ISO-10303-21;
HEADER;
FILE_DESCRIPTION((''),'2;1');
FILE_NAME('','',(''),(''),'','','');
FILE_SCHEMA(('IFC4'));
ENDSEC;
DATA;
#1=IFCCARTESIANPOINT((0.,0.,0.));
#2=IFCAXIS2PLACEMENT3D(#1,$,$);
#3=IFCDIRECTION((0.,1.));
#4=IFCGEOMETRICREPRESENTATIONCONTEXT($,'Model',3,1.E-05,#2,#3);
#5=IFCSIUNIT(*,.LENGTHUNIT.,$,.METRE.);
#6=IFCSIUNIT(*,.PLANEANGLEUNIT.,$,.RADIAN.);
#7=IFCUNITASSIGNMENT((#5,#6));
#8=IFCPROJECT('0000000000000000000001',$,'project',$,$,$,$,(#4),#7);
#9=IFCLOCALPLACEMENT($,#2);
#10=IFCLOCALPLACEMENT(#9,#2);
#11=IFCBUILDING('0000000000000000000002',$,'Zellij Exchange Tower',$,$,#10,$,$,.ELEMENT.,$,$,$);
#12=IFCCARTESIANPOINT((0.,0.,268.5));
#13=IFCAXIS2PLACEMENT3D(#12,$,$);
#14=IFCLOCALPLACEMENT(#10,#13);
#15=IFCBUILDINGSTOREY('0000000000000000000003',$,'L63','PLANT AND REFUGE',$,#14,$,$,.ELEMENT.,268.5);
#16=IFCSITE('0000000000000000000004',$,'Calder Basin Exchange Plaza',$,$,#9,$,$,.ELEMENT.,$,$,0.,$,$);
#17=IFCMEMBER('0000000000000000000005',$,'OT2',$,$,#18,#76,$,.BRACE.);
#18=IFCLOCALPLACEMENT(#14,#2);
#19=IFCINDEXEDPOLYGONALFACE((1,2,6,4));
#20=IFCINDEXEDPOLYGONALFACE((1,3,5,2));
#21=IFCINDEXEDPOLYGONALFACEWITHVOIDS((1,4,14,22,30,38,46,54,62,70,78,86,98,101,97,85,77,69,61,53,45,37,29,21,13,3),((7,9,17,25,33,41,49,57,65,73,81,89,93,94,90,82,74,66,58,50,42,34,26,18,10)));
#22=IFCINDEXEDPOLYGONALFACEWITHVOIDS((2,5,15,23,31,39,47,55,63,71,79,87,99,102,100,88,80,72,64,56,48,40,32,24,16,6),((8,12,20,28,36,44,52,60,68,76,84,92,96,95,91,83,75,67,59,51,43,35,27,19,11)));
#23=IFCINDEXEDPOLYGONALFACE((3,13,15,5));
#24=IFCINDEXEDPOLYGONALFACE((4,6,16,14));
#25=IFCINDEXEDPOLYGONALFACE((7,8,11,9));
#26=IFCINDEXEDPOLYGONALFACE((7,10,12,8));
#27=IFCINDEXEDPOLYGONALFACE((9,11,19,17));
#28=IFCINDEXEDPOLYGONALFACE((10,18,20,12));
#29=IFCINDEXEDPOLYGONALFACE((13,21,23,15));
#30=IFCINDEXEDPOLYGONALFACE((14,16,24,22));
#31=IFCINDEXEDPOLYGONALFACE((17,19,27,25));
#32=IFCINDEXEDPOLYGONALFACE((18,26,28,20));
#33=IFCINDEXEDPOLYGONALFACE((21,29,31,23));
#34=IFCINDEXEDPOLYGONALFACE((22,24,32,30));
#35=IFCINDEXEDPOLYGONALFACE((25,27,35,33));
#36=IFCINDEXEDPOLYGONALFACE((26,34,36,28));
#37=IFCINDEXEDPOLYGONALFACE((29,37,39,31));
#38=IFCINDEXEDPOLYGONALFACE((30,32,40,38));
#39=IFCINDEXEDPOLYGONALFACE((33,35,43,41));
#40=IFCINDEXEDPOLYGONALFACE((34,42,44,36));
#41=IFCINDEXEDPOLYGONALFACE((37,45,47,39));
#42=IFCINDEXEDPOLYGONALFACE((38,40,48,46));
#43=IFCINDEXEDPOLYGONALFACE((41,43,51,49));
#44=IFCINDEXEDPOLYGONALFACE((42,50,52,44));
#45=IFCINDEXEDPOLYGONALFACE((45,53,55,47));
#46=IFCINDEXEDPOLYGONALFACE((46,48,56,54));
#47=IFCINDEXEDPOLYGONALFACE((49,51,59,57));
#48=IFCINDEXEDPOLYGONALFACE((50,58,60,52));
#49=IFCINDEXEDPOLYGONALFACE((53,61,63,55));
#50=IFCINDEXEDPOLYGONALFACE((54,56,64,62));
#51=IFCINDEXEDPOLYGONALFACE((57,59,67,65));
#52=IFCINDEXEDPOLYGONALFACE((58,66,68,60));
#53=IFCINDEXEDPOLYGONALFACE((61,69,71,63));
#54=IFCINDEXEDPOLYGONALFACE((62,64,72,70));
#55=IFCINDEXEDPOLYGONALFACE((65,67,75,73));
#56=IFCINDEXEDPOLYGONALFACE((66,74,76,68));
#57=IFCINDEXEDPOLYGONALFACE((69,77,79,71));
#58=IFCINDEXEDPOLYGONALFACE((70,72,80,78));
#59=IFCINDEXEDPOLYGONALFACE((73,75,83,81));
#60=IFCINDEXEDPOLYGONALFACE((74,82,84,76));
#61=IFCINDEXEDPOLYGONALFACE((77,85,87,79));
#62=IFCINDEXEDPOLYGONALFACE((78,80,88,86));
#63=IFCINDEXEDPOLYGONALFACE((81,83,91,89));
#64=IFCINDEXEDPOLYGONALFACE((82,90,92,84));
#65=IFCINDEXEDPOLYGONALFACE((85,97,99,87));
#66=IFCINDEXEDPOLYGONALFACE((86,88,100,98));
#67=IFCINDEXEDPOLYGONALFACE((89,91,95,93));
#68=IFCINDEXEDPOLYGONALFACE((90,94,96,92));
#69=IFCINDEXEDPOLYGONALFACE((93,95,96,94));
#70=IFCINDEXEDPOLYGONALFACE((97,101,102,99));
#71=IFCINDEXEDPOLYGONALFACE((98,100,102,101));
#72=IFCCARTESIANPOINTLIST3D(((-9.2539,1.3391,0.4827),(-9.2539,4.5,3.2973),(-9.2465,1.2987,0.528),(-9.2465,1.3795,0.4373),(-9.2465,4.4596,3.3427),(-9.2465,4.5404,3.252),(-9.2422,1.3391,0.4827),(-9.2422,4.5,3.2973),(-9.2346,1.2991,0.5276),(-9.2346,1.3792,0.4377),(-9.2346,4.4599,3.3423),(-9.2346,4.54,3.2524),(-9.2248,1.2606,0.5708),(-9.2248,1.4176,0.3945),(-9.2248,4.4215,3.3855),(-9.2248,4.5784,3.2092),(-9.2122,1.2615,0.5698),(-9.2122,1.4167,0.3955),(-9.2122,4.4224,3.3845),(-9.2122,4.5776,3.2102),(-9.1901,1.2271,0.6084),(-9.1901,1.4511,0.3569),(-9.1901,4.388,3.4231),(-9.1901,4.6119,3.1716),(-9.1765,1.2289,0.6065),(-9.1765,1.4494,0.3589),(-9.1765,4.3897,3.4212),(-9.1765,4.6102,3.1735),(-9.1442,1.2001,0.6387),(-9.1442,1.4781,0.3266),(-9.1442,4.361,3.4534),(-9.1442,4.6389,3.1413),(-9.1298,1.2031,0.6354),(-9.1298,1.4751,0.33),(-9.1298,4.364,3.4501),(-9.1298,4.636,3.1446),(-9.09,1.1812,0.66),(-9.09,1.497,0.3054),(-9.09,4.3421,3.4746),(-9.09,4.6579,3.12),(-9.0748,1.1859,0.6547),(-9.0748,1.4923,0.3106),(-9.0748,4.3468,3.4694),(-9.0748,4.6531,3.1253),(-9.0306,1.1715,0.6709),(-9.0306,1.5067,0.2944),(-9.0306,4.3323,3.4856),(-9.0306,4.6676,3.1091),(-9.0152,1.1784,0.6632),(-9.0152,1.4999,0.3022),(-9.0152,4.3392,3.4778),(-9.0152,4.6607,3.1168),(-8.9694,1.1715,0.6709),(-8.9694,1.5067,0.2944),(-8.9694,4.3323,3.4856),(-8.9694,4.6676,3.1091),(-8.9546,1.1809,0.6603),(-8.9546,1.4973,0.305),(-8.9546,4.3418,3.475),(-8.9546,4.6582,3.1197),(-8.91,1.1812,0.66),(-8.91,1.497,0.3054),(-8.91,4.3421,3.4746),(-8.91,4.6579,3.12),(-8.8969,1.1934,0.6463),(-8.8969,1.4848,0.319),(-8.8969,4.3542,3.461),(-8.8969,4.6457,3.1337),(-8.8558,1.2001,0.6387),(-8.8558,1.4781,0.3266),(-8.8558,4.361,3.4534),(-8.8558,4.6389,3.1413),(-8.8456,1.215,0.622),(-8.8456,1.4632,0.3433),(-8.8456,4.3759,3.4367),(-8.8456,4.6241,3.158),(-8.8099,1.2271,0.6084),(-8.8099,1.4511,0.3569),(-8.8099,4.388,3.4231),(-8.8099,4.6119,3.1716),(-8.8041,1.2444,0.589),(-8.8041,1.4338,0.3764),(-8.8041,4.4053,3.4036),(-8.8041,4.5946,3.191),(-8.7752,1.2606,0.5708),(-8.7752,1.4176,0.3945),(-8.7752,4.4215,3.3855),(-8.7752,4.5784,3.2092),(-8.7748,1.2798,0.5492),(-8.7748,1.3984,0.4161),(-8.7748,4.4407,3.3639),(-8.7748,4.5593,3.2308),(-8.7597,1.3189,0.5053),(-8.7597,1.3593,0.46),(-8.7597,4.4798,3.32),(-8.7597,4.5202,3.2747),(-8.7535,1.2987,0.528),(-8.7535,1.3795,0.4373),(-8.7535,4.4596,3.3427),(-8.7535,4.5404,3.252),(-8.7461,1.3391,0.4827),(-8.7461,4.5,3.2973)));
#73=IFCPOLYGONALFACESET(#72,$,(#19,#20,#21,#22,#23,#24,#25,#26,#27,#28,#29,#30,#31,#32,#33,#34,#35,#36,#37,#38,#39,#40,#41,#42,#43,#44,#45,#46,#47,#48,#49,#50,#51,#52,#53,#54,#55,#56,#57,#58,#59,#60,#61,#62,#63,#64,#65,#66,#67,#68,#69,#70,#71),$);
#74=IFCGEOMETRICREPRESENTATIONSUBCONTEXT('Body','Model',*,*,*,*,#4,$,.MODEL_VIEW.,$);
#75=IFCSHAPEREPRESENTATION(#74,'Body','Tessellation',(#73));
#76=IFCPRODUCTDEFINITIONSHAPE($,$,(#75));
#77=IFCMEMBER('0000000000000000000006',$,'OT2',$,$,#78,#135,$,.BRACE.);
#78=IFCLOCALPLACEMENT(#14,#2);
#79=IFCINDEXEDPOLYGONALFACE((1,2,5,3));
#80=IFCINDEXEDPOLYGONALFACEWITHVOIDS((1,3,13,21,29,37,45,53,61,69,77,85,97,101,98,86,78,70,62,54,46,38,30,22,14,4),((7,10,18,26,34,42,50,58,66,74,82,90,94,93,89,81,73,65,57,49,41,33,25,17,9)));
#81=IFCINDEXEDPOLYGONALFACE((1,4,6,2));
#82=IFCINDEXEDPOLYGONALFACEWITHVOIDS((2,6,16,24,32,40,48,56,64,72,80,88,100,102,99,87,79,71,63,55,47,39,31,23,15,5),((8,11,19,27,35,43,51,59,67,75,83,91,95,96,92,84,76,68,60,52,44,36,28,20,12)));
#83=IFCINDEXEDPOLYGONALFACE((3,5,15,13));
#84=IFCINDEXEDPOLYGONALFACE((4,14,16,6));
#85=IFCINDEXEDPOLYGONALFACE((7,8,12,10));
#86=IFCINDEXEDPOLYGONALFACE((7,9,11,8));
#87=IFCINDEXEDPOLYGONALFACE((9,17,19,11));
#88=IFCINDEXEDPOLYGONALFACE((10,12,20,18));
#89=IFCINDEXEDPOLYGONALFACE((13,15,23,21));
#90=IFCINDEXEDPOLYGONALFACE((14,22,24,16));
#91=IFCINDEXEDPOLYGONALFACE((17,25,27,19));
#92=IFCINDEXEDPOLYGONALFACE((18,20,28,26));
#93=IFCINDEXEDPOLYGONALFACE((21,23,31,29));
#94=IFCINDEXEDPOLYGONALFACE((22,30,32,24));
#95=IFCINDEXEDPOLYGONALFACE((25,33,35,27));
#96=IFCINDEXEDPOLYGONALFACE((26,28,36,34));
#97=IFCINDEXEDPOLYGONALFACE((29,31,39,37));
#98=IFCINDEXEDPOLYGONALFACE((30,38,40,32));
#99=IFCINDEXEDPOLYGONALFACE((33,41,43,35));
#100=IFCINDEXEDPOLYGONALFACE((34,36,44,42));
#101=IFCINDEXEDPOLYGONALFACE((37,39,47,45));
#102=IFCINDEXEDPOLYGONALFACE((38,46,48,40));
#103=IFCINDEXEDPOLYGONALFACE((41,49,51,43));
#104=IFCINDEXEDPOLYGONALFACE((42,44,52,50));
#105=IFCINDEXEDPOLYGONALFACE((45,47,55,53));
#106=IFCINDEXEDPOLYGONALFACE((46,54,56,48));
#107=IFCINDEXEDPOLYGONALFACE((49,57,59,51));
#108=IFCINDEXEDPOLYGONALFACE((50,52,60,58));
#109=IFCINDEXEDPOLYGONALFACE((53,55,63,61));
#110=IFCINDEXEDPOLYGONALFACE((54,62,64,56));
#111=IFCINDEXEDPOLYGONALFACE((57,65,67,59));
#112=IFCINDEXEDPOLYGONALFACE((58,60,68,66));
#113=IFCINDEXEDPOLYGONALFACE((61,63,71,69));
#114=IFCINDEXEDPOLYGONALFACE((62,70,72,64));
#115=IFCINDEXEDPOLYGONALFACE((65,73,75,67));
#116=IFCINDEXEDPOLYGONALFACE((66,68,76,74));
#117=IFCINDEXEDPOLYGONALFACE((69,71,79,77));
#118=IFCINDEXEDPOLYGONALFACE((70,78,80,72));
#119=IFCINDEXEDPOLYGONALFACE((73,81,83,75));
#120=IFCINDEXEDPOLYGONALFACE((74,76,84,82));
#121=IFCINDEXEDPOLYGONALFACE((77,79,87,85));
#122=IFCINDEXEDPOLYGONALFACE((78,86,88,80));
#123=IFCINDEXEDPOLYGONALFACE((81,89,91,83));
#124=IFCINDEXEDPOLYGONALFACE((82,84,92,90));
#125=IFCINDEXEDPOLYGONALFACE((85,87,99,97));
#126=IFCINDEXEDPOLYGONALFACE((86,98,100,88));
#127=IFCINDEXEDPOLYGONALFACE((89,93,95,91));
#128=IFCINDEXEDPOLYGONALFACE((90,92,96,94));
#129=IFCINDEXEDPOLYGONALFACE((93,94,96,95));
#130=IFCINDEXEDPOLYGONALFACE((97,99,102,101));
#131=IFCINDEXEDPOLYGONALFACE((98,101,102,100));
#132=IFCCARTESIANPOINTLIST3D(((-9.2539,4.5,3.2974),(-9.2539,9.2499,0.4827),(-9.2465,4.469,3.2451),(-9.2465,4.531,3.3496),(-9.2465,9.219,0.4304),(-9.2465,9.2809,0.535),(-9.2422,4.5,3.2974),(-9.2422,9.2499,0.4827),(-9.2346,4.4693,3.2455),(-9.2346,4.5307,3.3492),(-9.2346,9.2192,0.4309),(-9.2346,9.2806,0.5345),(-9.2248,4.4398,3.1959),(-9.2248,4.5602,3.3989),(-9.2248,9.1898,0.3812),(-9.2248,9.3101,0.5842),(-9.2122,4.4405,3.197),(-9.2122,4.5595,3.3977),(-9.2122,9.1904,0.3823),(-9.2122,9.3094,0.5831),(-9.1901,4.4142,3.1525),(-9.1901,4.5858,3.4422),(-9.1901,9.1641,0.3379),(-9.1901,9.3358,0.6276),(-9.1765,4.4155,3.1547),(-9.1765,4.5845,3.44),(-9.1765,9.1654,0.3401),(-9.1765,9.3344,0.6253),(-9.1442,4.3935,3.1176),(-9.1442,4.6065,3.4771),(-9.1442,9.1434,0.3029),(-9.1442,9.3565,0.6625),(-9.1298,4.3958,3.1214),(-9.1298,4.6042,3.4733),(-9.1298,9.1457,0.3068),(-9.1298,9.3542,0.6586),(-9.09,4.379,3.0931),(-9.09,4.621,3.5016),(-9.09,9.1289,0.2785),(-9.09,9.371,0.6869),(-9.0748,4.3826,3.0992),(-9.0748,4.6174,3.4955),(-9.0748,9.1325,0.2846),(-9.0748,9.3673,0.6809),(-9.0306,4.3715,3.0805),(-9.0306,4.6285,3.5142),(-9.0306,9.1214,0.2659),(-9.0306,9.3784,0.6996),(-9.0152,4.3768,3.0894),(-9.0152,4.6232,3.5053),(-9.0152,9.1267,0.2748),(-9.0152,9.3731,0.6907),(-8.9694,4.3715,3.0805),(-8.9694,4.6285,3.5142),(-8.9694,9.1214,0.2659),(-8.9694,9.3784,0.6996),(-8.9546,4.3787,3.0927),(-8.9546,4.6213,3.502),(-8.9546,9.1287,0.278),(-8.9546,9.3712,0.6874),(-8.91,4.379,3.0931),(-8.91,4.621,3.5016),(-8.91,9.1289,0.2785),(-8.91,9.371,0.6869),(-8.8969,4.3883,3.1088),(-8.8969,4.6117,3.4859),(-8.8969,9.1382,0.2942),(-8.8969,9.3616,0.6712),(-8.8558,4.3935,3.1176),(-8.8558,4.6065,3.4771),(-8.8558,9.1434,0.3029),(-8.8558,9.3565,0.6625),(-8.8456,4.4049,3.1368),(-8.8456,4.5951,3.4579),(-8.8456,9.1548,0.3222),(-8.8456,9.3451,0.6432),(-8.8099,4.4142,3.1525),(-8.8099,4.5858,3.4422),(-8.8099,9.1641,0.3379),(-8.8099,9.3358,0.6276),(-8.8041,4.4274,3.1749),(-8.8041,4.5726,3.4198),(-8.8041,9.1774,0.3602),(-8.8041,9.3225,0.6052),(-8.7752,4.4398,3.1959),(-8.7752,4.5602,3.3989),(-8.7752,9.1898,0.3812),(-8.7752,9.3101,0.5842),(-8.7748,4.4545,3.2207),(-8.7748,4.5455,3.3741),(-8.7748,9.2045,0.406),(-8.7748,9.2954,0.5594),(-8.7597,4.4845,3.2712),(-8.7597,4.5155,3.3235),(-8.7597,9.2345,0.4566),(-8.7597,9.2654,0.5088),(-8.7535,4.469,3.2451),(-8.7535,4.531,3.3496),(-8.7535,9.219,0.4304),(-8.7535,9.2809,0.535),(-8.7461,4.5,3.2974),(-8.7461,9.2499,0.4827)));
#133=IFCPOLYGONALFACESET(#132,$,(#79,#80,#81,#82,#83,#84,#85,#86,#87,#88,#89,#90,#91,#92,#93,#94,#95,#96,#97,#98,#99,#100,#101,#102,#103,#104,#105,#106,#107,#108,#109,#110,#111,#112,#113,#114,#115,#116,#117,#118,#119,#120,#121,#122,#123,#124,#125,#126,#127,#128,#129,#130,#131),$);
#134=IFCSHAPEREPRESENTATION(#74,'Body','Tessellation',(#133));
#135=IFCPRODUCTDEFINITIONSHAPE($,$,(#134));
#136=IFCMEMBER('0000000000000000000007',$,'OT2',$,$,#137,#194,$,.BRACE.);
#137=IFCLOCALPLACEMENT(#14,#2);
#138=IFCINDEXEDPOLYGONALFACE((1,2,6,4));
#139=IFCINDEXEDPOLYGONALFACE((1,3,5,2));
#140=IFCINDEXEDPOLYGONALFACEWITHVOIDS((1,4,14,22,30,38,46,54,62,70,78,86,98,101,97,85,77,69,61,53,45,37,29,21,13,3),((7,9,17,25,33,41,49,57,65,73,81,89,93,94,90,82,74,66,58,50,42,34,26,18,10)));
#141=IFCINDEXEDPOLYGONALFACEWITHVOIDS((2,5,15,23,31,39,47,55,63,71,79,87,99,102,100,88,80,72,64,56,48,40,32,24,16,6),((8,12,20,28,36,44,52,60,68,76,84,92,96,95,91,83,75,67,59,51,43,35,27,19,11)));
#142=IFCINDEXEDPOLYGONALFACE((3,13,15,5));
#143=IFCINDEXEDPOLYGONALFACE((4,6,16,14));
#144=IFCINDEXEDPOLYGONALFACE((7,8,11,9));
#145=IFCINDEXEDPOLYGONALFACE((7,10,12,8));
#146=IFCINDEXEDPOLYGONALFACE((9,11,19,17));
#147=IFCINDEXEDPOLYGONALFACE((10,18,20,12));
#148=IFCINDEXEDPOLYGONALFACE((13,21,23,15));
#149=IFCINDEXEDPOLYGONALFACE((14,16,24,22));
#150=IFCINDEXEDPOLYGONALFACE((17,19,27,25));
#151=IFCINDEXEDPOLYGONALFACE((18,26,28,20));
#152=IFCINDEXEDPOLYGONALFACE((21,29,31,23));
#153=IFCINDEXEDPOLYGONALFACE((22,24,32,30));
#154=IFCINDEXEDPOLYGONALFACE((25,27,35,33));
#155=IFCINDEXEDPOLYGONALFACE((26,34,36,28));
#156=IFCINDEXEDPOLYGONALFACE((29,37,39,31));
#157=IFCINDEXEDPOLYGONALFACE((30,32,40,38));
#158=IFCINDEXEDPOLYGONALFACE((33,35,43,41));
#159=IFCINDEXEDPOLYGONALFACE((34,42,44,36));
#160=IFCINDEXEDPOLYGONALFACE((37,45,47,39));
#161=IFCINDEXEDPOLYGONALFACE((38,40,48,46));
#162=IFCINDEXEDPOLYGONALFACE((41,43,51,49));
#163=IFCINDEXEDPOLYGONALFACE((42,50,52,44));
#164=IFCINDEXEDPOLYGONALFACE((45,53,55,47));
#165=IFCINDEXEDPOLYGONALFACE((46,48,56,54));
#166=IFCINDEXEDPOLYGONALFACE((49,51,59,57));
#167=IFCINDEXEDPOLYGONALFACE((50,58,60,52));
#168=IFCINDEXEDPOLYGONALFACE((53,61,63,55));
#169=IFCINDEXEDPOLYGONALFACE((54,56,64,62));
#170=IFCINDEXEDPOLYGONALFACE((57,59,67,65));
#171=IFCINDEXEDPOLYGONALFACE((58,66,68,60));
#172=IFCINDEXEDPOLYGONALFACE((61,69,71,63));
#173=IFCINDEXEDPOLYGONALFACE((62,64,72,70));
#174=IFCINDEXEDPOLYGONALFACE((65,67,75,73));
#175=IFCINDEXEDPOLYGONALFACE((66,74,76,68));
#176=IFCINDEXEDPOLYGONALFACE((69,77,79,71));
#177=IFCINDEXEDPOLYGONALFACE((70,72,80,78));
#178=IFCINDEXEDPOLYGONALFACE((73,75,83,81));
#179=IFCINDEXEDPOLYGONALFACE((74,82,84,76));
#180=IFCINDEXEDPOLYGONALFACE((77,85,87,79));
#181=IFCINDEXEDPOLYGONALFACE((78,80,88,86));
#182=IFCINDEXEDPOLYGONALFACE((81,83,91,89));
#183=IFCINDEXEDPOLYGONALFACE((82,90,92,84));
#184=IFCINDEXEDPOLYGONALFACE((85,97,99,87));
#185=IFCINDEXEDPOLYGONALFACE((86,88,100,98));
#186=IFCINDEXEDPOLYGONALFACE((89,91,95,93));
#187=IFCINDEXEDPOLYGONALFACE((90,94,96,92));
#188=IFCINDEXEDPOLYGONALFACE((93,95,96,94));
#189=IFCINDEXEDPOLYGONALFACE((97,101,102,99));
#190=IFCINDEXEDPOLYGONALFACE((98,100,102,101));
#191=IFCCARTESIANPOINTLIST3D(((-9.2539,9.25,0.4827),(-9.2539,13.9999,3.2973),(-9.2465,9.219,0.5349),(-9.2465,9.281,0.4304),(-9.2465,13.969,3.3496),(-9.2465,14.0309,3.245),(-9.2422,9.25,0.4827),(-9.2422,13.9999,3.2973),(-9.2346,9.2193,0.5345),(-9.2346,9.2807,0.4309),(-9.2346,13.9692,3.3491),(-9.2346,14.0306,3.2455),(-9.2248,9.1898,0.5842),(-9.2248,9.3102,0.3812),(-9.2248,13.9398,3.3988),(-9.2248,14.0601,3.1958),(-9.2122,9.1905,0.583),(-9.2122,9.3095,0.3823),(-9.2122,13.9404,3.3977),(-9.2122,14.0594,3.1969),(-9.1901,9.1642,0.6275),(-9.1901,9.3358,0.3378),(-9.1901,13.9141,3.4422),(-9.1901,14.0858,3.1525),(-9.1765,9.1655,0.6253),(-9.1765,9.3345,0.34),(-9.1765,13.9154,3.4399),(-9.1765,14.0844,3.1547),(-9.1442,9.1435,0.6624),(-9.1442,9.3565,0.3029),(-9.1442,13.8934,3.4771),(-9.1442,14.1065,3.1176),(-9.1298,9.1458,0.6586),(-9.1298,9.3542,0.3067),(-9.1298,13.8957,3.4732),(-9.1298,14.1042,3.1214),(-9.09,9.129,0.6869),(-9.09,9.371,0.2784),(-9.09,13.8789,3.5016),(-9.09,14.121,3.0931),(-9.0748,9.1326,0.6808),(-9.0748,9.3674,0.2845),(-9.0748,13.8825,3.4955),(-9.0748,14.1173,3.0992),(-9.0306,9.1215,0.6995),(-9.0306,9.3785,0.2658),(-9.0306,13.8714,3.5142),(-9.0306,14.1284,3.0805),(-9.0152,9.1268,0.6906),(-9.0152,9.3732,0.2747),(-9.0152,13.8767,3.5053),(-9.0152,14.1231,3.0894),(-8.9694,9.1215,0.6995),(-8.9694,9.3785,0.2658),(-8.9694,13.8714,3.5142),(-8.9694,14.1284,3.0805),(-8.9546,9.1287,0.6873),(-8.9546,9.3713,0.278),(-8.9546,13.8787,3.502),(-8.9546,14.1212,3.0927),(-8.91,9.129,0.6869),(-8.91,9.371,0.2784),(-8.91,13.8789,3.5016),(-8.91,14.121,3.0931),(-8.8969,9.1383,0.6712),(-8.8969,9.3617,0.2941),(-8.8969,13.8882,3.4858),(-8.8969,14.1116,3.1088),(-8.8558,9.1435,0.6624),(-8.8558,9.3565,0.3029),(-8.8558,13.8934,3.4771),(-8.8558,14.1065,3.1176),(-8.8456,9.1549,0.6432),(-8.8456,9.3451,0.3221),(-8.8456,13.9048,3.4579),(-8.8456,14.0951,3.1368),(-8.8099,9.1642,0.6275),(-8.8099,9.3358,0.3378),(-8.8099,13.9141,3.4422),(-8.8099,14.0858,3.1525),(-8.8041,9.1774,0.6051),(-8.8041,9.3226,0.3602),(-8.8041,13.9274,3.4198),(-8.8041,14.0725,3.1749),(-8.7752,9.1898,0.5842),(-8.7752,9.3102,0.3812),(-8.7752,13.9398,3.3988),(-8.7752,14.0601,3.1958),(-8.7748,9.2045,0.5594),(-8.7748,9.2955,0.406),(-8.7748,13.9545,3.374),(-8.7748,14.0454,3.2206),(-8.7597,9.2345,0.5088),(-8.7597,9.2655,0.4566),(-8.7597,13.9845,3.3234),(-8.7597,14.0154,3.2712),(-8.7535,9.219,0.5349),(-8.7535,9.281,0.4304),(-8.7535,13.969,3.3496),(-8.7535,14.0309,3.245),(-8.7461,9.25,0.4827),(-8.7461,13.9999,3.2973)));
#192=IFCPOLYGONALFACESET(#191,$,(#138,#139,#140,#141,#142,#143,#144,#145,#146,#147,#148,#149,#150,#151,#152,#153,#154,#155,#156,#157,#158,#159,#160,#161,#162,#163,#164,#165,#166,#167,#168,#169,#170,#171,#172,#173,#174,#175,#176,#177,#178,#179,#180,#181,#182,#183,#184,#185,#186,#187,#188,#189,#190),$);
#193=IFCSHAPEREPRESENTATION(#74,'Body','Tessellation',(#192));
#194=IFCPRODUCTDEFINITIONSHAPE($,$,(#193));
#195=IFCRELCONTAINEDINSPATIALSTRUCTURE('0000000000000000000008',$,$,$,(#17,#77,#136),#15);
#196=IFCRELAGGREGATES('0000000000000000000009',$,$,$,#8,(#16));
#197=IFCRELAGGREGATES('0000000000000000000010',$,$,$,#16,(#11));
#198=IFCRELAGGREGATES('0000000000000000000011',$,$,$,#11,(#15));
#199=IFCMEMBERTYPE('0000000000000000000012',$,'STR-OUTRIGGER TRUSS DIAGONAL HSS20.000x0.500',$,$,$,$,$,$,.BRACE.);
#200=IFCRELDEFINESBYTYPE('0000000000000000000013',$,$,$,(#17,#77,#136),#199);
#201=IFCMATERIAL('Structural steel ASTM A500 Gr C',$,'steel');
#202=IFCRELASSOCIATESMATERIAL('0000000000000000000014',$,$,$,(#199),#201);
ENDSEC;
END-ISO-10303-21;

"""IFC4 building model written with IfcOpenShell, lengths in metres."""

from ifc_helpers import new_model, si_unit, direction, frame, origin, origin_2d, place, context, subcontext, project, spatial, hollow_circle, extrude, material, material_profile, profile_set, type_object, element, save


model = new_model("IFC4")

# Units and contexts
model_context = context("Model", 3, precision=1e-05, world=origin(), true_north=direction((0.0, 1.0)))
body_context = subcontext(model_context, "Body", "Model", "MODEL_VIEW")
ifc_project = project(units=[si_unit("LENGTHUNIT", "METRE"), si_unit("PLANEANGLEUNIT", "RADIAN")], contexts=[model_context])

# Site, building, storey
site_placement = place(None, origin())
site = spatial("IfcSite", under=ifc_project, at=site_placement, Name="Calder Basin Exchange Plaza", CompositionType="ELEMENT", RefElevation=0.0)
building_placement = place(site_placement, origin())
building = spatial("IfcBuilding", under=site, at=building_placement, Name="Zellij Exchange Tower", CompositionType="ELEMENT")
storey_placement = place(building_placement, frame((0.0, 0.0, 268.5)))
storey = spatial("IfcBuildingStorey", under=building, at=storey_placement, Name="L63", Description="PLANT AND REFUGE", CompositionType="ELEMENT", Elevation=268.5)

# Members
ifc_material_1 = material(Name="Structural steel ASTM A500 Gr C", Category="steel")
ifc_material_profile_1 = material_profile(ifc_material_1, hollow_circle(Radius=0.2539, WallThickness=0.0117, at=origin_2d()), Name="STR-OUTRIGGER TRUSS DIAGONAL HSS20.000x0.500")
ifc_profile_set_1 = profile_set([ifc_material_profile_1], Name="Structural steel ASTM A500 Gr C")
member_type_1 = type_object("IfcMemberType", Name="STR-OUTRIGGER TRUSS DIAGONAL HSS20.000x0.500", PredefinedType="BRACE", material=ifc_profile_set_1)
member_1_placement = place(storey_placement, frame((-9.0, 1.3391, 0.4827), z_axis=(0.0, 0.74682, 0.665026), x_axis=(-1.0, 0.0, 0.0)))
element("IfcMember", 1, at=member_1_placement, inside=storey, type_object=member_type_1, Name="OT2", PredefinedType="BRACE", context=body_context, shape_type="SweptSolid", body=[
    extrude(hollow_circle(Radius=0.2539, WallThickness=0.0117, at=origin_2d()), origin(), (0.0, 0.0, 1.0), 4.2324),
])
for number, where, z_axis, x_axis, name in (
    (2, (-9.0, 4.5, 3.2974), (0.0, 0.860301, -0.509787), (-1.0, 0.0, 0.0), "OT2"),
    (3, (-9.0, 9.25, 0.4827), (0.0, 0.860301, 0.509787), (-1.0, 0.0, 0.0), "OT2"),
):
    element("IfcMember", number, at=place(storey_placement, frame(where, z_axis=z_axis, x_axis=x_axis)), inside=storey, type_object=member_type_1, Name=name, PredefinedType="BRACE", context=body_context, shape_type="SweptSolid", body=[
        extrude(hollow_circle(Radius=0.2539, WallThickness=0.0117, at=origin_2d()), origin(), (0.0, 0.0, 1.0), 5.5212),
    ])

save(model, "model.ifc")
